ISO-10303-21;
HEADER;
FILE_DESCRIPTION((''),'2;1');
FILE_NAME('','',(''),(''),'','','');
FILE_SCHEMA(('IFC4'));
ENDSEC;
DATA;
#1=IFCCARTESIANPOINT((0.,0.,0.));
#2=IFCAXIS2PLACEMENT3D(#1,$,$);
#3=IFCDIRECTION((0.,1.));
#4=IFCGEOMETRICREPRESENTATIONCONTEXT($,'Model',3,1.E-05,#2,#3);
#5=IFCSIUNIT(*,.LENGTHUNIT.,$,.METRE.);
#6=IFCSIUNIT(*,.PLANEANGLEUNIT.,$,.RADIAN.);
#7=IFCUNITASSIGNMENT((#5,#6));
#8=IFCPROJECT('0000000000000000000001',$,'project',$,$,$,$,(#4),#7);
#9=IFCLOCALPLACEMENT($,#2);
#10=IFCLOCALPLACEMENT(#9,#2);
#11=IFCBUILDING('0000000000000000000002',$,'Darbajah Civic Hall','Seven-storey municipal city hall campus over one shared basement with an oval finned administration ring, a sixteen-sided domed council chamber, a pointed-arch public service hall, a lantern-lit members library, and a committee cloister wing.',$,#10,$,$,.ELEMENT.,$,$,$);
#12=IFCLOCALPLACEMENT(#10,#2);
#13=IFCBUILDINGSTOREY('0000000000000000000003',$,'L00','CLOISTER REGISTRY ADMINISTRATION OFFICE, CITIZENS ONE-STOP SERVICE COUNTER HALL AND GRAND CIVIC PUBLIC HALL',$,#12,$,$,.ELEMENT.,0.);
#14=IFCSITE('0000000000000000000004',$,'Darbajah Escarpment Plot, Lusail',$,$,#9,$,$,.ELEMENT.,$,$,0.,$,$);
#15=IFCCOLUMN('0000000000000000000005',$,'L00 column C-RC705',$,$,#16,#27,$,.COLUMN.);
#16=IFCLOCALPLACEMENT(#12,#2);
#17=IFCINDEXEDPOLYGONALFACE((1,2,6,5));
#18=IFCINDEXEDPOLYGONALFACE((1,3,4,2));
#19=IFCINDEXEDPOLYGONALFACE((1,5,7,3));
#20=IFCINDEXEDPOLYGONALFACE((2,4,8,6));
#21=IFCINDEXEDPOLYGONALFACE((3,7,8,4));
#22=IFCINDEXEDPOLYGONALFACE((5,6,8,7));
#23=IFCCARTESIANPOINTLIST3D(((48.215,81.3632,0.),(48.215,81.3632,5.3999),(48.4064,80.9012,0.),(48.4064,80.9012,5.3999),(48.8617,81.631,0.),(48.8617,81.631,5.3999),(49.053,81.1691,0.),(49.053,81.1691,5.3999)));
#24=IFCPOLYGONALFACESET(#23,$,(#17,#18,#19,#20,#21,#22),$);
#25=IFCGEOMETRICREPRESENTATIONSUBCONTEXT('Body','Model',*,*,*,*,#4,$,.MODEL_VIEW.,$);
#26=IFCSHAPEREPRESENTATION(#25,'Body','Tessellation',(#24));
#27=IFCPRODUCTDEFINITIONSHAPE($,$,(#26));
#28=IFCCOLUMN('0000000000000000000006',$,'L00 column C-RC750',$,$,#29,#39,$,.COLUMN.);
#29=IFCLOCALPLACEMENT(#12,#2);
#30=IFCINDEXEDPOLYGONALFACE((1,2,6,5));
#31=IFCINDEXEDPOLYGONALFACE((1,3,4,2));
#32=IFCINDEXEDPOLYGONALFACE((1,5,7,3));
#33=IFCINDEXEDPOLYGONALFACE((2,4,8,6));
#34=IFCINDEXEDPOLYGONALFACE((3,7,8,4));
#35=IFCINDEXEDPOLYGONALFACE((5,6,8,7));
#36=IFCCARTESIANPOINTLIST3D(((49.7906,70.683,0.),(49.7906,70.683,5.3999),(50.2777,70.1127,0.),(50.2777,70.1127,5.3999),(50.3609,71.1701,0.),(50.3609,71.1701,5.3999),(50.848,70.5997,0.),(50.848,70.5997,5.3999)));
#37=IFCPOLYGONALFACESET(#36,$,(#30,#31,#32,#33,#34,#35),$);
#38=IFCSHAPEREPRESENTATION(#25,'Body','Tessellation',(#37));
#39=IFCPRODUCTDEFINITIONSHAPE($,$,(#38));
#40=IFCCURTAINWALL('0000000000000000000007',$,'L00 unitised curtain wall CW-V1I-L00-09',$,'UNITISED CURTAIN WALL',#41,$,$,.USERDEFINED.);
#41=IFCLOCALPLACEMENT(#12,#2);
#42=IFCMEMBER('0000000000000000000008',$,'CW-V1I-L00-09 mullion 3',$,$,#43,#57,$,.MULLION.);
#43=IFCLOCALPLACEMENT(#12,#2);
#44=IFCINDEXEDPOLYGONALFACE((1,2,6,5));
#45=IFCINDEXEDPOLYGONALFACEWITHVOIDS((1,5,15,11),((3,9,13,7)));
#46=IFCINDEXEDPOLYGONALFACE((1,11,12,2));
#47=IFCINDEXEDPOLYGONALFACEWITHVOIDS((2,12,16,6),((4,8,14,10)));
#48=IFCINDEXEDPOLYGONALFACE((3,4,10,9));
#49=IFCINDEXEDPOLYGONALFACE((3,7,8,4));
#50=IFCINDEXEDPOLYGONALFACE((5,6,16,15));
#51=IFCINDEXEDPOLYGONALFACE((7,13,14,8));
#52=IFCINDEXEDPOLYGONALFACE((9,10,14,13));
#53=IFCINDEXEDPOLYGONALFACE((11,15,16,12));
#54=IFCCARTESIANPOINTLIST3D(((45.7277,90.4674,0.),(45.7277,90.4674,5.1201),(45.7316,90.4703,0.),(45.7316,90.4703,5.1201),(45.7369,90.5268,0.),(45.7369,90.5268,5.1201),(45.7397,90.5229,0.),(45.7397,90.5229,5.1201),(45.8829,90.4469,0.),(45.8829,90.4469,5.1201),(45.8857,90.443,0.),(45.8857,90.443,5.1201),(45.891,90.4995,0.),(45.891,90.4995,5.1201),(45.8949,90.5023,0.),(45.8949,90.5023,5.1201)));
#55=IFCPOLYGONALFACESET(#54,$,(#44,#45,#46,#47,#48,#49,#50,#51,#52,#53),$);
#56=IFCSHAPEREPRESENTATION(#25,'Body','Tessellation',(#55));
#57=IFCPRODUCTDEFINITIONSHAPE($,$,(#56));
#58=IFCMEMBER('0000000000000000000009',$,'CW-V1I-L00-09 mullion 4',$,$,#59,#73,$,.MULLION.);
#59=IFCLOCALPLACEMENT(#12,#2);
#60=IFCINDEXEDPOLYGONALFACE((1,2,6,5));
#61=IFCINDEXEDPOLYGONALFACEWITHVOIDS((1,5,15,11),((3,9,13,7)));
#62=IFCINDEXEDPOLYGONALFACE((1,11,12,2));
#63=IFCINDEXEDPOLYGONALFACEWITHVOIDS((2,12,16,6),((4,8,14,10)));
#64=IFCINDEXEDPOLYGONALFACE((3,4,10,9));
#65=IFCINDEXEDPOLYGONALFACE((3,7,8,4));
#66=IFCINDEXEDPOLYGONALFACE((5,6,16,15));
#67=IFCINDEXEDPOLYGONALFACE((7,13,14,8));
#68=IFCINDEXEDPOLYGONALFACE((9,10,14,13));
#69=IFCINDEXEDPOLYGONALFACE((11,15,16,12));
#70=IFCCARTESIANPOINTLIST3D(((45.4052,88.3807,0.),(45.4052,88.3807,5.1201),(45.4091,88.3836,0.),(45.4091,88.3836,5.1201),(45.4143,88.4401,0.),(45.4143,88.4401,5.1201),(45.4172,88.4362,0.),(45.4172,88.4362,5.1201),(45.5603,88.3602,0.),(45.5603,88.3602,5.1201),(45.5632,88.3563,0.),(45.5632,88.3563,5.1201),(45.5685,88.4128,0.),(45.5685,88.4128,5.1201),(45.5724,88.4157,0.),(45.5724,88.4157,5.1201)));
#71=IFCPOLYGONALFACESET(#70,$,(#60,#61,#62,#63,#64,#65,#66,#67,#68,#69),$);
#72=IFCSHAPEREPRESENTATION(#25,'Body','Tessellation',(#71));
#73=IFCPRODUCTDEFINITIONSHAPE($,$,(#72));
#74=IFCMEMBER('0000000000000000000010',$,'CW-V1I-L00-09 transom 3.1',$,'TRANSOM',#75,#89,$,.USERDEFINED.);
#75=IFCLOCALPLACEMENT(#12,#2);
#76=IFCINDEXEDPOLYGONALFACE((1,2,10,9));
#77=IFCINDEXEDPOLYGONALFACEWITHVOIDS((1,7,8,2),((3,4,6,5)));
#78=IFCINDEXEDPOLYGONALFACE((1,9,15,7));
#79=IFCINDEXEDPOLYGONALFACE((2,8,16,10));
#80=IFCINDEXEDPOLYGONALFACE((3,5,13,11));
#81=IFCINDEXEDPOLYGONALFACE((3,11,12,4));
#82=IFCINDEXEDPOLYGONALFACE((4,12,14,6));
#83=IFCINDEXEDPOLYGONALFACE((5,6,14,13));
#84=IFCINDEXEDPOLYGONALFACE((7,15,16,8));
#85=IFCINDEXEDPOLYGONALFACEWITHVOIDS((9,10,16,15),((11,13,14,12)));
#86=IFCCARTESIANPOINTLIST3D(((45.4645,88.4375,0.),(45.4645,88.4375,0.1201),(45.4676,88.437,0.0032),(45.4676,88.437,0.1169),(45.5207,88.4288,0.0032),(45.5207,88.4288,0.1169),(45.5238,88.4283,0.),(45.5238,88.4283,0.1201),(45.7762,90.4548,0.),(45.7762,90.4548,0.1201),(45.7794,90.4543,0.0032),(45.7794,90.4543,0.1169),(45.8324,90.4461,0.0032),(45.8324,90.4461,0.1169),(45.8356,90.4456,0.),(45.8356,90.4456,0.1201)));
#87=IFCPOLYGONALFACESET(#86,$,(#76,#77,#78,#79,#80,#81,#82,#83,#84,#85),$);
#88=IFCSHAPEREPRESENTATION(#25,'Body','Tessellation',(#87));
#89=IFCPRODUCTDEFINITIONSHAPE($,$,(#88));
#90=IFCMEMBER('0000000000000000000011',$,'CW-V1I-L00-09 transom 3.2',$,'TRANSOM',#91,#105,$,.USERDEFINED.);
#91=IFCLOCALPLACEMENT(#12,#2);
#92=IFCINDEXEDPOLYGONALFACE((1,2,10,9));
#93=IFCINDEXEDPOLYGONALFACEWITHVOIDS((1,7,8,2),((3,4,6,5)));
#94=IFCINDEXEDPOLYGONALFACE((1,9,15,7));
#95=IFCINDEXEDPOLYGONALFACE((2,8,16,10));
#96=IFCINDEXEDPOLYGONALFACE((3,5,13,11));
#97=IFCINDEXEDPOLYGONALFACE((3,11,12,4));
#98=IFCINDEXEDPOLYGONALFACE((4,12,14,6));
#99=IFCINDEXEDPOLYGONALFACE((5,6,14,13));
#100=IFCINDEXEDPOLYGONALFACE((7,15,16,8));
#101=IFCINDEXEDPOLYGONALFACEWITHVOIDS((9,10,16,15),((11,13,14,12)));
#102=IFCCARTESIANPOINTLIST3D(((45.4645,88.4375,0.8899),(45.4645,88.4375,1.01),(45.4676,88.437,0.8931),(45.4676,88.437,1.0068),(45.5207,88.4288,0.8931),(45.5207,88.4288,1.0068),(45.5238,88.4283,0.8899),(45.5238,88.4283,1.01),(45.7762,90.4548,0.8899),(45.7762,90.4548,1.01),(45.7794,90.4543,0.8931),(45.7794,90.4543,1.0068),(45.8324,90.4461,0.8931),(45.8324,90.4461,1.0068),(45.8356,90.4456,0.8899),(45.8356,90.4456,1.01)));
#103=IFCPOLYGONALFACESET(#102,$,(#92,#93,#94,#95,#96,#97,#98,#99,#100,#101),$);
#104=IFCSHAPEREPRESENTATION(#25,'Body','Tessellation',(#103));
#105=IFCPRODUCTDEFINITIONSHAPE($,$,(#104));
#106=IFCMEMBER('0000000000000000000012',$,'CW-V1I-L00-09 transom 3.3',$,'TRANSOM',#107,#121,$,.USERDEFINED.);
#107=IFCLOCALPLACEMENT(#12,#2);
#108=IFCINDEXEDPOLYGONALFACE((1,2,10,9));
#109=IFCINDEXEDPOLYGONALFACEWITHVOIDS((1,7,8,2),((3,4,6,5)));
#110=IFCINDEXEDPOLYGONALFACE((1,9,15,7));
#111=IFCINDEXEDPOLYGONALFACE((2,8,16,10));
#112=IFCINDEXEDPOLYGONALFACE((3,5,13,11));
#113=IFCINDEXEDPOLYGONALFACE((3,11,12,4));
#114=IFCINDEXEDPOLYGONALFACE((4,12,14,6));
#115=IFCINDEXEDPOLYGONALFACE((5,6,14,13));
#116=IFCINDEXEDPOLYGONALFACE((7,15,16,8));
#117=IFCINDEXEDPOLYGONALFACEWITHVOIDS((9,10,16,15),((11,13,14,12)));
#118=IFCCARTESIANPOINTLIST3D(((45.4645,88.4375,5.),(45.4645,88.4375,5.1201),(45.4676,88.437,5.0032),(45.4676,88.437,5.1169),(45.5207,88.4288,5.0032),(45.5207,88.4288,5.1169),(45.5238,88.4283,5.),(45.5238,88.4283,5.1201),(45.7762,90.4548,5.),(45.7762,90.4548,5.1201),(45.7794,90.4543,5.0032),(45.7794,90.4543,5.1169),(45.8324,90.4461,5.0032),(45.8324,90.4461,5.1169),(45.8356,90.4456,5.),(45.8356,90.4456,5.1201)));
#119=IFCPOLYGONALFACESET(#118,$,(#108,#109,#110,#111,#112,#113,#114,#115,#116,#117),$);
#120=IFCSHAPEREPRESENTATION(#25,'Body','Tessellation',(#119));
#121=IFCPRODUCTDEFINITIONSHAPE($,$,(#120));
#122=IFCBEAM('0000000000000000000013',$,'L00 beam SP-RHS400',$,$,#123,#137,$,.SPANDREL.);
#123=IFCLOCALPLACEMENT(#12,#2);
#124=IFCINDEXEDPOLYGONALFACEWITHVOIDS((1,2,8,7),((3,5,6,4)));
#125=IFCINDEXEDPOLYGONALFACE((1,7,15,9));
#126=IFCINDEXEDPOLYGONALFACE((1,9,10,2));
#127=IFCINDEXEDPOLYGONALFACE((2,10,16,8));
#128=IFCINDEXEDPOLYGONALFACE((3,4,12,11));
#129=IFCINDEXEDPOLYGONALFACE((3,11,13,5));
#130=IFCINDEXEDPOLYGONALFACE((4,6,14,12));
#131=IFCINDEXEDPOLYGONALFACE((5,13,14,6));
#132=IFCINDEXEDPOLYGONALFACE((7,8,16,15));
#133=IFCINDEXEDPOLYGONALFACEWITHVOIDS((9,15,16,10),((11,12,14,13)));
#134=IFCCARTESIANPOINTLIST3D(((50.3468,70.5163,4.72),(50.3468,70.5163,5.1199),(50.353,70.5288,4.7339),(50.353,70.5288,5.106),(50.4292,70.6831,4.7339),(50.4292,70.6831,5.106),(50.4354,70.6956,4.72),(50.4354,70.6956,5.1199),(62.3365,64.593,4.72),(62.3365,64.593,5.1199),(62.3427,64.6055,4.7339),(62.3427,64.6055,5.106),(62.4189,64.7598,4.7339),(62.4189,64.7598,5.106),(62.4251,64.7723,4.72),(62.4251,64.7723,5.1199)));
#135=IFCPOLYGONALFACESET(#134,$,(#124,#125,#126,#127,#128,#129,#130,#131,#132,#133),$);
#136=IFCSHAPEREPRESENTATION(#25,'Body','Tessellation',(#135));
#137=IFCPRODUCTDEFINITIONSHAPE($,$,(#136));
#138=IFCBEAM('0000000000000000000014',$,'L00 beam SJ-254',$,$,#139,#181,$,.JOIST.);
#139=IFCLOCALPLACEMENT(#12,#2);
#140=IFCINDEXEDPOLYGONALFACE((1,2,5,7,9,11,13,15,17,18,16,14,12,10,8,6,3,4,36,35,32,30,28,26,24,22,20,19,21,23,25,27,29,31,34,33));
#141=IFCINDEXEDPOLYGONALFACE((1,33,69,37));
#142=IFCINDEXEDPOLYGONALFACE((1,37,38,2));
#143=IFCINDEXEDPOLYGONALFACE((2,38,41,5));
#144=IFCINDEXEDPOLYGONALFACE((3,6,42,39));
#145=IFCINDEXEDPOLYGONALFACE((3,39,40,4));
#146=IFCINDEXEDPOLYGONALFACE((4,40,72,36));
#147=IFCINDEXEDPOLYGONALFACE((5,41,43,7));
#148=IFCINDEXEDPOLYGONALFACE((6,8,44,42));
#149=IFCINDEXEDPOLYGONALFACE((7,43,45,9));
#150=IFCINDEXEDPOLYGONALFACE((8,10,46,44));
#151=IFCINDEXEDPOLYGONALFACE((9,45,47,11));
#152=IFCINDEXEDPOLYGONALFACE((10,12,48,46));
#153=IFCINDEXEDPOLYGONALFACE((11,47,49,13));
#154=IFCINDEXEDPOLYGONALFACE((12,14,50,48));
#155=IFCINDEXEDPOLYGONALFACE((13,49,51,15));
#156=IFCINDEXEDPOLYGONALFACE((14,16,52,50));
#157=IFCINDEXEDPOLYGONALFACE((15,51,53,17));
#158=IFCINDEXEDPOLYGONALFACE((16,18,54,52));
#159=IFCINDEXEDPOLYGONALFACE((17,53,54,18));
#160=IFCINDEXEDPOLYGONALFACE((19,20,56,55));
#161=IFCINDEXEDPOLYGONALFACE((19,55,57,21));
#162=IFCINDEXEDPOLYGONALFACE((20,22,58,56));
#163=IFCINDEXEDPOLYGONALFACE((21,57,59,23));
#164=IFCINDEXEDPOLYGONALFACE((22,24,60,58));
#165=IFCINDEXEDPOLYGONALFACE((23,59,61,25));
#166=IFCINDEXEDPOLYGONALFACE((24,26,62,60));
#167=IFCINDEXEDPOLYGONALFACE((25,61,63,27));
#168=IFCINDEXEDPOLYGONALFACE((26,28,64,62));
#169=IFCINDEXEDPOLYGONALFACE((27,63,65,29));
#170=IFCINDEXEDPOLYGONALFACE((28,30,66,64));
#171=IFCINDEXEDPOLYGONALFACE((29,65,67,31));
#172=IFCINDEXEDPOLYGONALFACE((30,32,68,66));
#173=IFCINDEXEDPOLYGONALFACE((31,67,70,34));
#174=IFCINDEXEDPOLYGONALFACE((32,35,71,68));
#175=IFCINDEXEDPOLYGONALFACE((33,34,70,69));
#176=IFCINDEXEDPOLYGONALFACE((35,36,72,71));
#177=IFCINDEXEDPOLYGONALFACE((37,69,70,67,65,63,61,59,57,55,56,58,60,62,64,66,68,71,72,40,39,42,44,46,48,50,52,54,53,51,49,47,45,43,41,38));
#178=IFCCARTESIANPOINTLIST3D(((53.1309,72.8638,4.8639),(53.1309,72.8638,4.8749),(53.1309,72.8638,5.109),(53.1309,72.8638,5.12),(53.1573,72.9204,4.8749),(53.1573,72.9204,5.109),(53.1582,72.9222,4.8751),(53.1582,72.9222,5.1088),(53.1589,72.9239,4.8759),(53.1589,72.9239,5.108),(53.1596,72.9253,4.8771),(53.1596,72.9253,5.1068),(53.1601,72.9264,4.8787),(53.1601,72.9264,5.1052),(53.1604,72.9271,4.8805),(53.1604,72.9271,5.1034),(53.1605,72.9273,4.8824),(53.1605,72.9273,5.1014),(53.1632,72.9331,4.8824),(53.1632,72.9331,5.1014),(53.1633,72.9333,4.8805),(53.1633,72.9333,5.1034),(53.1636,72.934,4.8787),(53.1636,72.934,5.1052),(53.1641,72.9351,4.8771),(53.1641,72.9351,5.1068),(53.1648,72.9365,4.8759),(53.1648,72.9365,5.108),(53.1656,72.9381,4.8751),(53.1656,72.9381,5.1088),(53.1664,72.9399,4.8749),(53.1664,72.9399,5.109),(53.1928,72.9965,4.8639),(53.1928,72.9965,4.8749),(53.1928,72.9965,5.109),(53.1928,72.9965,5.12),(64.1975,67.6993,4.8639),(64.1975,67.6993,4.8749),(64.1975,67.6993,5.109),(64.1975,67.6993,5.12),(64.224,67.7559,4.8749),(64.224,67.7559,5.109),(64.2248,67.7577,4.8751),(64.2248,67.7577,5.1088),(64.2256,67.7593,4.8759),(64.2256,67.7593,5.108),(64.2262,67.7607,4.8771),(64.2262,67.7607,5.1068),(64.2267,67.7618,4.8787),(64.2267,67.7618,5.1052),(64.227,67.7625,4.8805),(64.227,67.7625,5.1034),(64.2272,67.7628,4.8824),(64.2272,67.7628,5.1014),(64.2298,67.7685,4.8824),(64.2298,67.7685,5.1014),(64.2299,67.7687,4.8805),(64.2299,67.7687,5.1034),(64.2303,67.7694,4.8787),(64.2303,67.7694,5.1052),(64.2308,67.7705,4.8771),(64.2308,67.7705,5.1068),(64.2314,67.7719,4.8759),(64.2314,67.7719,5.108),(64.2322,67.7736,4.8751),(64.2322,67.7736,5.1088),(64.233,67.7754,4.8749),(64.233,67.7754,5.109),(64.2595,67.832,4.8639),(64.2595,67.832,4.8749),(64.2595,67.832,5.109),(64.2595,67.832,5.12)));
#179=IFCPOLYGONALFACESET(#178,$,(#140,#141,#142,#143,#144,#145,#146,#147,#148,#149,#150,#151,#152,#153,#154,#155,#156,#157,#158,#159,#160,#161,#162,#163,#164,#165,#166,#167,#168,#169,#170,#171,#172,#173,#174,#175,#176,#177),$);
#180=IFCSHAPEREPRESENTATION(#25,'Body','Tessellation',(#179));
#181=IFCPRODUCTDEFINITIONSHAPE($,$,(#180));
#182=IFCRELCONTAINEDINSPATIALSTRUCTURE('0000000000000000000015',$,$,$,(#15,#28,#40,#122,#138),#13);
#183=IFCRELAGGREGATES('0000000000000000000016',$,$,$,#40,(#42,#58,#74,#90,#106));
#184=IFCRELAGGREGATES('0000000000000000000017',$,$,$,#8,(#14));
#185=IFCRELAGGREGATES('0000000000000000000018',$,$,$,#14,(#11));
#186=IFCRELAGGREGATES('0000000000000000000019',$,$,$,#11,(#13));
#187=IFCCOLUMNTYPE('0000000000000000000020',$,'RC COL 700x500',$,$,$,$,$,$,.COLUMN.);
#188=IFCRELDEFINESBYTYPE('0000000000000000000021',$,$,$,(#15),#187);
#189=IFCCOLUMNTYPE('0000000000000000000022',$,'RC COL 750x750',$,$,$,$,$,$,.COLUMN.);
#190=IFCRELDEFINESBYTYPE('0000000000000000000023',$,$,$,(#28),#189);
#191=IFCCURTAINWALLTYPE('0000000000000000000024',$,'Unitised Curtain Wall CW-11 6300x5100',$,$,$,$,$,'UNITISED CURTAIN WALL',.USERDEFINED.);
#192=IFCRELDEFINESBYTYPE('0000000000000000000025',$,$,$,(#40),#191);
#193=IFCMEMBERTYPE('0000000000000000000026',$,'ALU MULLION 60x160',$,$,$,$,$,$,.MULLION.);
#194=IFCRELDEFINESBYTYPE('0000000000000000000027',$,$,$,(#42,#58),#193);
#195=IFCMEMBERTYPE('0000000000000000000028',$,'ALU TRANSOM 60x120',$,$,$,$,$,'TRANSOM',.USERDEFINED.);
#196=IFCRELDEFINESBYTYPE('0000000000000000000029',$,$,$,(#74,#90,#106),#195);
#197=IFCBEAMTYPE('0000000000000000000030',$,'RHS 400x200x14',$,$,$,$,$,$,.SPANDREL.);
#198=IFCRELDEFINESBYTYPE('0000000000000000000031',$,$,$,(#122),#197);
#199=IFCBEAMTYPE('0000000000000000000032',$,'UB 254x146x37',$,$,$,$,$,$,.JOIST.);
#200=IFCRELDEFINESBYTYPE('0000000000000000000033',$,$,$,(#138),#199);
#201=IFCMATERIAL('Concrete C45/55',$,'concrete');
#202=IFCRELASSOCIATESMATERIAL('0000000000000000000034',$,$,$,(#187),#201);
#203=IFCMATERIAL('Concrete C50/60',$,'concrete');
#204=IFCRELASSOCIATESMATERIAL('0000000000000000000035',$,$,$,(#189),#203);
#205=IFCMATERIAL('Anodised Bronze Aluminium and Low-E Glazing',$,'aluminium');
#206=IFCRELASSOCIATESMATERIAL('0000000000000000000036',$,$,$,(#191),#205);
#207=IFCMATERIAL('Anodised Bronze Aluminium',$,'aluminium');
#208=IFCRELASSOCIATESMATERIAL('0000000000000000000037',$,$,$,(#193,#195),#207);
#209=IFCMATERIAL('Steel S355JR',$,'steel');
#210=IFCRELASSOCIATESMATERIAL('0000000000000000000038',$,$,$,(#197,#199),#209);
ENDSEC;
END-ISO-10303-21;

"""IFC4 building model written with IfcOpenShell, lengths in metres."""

from ifc_helpers import new_model, si_unit, direction, frame, origin, origin_2d, place, context, subcontext, project, spatial, rectangle, hollow_rectangle, i_section, extrude, material, material_profile, profile_set, type_object, element, aggregate, save


model = new_model("IFC4")

# Units and contexts
model_context = context("Model", 3, precision=1e-05, world=origin(), true_north=direction((0.0, 1.0)))
body_context = subcontext(model_context, "Body", "Model", "MODEL_VIEW")
ifc_project = project(units=[si_unit("LENGTHUNIT", "METRE"), si_unit("PLANEANGLEUNIT", "RADIAN")], contexts=[model_context])

# Site, building, storey
site_placement = place(None, origin())
site = spatial("IfcSite", under=ifc_project, at=site_placement, Name="Darbajah Escarpment Plot, Lusail", CompositionType="ELEMENT", RefElevation=0.0)
building_placement = place(site_placement, origin())
building = spatial("IfcBuilding", under=site, at=building_placement, Name="Darbajah Civic Hall", Description="Seven-storey municipal city hall campus over one shared basement with an oval finned administration ring, a sixteen-sided domed council chamber, a pointed-arch public service hall, a lantern-lit members library, and a committee cloister wing.", CompositionType="ELEMENT")
storey_placement = place(building_placement, origin())
storey = spatial("IfcBuildingStorey", under=building, at=storey_placement, Name="L00", Description="CLOISTER REGISTRY ADMINISTRATION OFFICE, CITIZENS ONE-STOP SERVICE COUNTER HALL AND GRAND CIVIC PUBLIC HALL", CompositionType="ELEMENT", Elevation=0.0)

# Columns
ifc_material_1 = material(Name="Concrete C45/55", Category="concrete")
ifc_material_profile_1 = material_profile(ifc_material_1, rectangle(XDim=0.7, YDim=0.5, at=origin_2d()), Name="RC COL 700x500")
ifc_profile_set_1 = profile_set([ifc_material_profile_1], Name="Concrete C45/55")
column_type_1 = type_object("IfcColumnType", Name="RC COL 700x500", PredefinedType="COLUMN", material=ifc_profile_set_1)
column_1_placement = place(storey_placement, frame((48.634, 81.2661, 0.0), z_axis=(0.0, 0.0, 1.0), x_axis=(-0.92388, -0.382683, 0.0)))
element("IfcColumn", 1, at=column_1_placement, inside=storey, type_object=column_type_1, Name="L00 column C-RC705", PredefinedType="COLUMN", context=body_context, shape_type="SweptSolid", body=[
    extrude(rectangle(XDim=0.7, YDim=0.5, at=origin_2d()), origin(), (0.0, 0.0, 1.0), 5.3999),
])
ifc_material_2 = material(Name="Concrete C50/60", Category="concrete")
ifc_material_profile_2 = material_profile(ifc_material_2, rectangle(XDim=0.75, YDim=0.75, at=origin_2d()), Name="RC COL 750x750")
ifc_profile_set_2 = profile_set([ifc_material_profile_2], Name="Concrete C50/60")
column_type_2 = type_object("IfcColumnType", Name="RC COL 750x750", PredefinedType="COLUMN", material=ifc_profile_set_2)
column_2_placement = place(storey_placement, frame((50.3193, 70.6414, 0.0), z_axis=(0.0, 0.0, 1.0), x_axis=(-0.760406, -0.649448, 0.0)))
element("IfcColumn", 2, at=column_2_placement, inside=storey, type_object=column_type_2, Name="L00 column C-RC750", PredefinedType="COLUMN", context=body_context, shape_type="SweptSolid", body=[
    extrude(rectangle(XDim=0.75, YDim=0.75, at=origin_2d()), origin(), (0.0, 0.0, 1.0), 5.3999),
])

# Curtain wall, members
ifc_material_3 = material(Name="Anodised Bronze Aluminium and Low-E Glazing", Category="aluminium")
curtain_wall_type = type_object("IfcCurtainWallType", Name="Unitised Curtain Wall CW-11 6300x5100", ElementType="UNITISED CURTAIN WALL", PredefinedType="USERDEFINED", material=ifc_material_3)
curtain_wall_placement = place(storey_placement, origin())
curtain_wall = element("IfcCurtainWall", 3, at=curtain_wall_placement, inside=storey, type_object=curtain_wall_type, Name="L00 unitised curtain wall CW-V1I-L00-09", ObjectType="UNITISED CURTAIN WALL", PredefinedType="USERDEFINED")
ifc_material_4 = material(Name="Anodised Bronze Aluminium", Category="aluminium")
ifc_material_profile_3 = material_profile(ifc_material_4, hollow_rectangle(XDim=0.0601, YDim=0.1599, WallThickness=0.0034, at=origin_2d()), Name="ALU MULLION 60x160")
ifc_profile_set_3 = profile_set([ifc_material_profile_3], Name="Anodised Bronze Aluminium")
member_type_1 = type_object("IfcMemberType", Name="ALU MULLION 60x160", PredefinedType="MULLION", material=ifc_profile_set_3)
member_1_placement = place(storey_placement, frame((45.8113, 90.4849, 0.0), z_axis=(0.0, 0.0, 1.0), x_axis=(-0.152813, -0.988255, 0.0)))
member_1 = element("IfcMember", 4, at=member_1_placement, type_object=member_type_1, Name="CW-V1I-L00-09 mullion 3", PredefinedType="MULLION", context=body_context, shape_type="SweptSolid", body=[
    extrude(hollow_rectangle(XDim=0.0601, YDim=0.1599, WallThickness=0.0034, at=origin_2d()), origin(), (0.0, 0.0, 1.0), 5.1201),
])
member_2_placement = place(storey_placement, frame((45.4888, 88.3982, 0.0), z_axis=(0.0, 0.0, 1.0), x_axis=(-0.152813, -0.988255, 0.0)))
member_2 = element("IfcMember", 5, at=member_2_placement, type_object=member_type_1, Name="CW-V1I-L00-09 mullion 4", PredefinedType="MULLION", context=body_context, shape_type="SweptSolid", body=[
    extrude(hollow_rectangle(XDim=0.0601, YDim=0.1599, WallThickness=0.0034, at=origin_2d()), origin(), (0.0, 0.0, 1.0), 5.1201),
])
ifc_material_profile_4 = material_profile(ifc_material_4, hollow_rectangle(XDim=0.0601, YDim=0.1201, WallThickness=0.0032, at=origin_2d()), Name="ALU TRANSOM 60x120")
ifc_profile_set_4 = profile_set([ifc_material_profile_4], Name="Anodised Bronze Aluminium")
member_type_2 = type_object("IfcMemberType", Name="ALU TRANSOM 60x120", ElementType="TRANSOM", PredefinedType="USERDEFINED", material=ifc_profile_set_4)
member_3_placement = place(storey_placement, frame((45.8059, 90.4502, 0.0601), z_axis=(-0.152731, -0.988268, 0.0), x_axis=(0.988268, -0.152731, 0.0)))
member_3 = element("IfcMember", 6, at=member_3_placement, type_object=member_type_2, Name="CW-V1I-L00-09 transom 3.1", ObjectType="TRANSOM", PredefinedType="USERDEFINED", context=body_context, shape_type="SweptSolid", body=[
    extrude(hollow_rectangle(XDim=0.0601, YDim=0.1201, WallThickness=0.0032, at=origin_2d()), origin(), (0.0, 0.0, 1.0), 2.0413),
])
member_4_placement = place(storey_placement, frame((45.8059, 90.4502, 0.95), z_axis=(-0.152731, -0.988268, 0.0), x_axis=(0.988268, -0.152731, 0.0)))
member_4 = element("IfcMember", 7, at=member_4_placement, type_object=member_type_2, Name="CW-V1I-L00-09 transom 3.2", ObjectType="TRANSOM", PredefinedType="USERDEFINED", context=body_context, shape_type="SweptSolid", body=[
    extrude(hollow_rectangle(XDim=0.0601, YDim=0.1201, WallThickness=0.0032, at=origin_2d()), origin(), (0.0, 0.0, 1.0), 2.0413),
])
member_5_placement = place(storey_placement, frame((45.8059, 90.4502, 5.0601), z_axis=(-0.152731, -0.988268, 0.0), x_axis=(0.988268, -0.152731, 0.0)))
member_5 = element("IfcMember", 8, at=member_5_placement, type_object=member_type_2, Name="CW-V1I-L00-09 transom 3.3", ObjectType="TRANSOM", PredefinedType="USERDEFINED", context=body_context, shape_type="SweptSolid", body=[
    extrude(hollow_rectangle(XDim=0.0601, YDim=0.1201, WallThickness=0.0032, at=origin_2d()), origin(), (0.0, 0.0, 1.0), 2.0413),
])

# Beams
ifc_material_5 = material(Name="Steel S355JR", Category="steel")
ifc_material_profile_5 = material_profile(ifc_material_5, hollow_rectangle(XDim=0.2, YDim=0.3999, WallThickness=0.0139, at=origin_2d()), Name="RHS 400x200x14")
ifc_profile_set_5 = profile_set([ifc_material_profile_5], Name="Steel S355JR")
beam_type_1 = type_object("IfcBeamType", Name="RHS 400x200x14", PredefinedType="SPANDREL", material=ifc_profile_set_5)
beam_1_placement = place(storey_placement, frame((50.3911, 70.606, 4.9199), z_axis=(0.896557, -0.442929, 0.0), x_axis=(0.442929, 0.896557, 0.0)))
element("IfcBeam", 9, at=beam_1_placement, inside=storey, type_object=beam_type_1, Name="L00 beam SP-RHS400", PredefinedType="SPANDREL", context=body_context, shape_type="SweptSolid", body=[
    extrude(hollow_rectangle(XDim=0.2, YDim=0.3999, WallThickness=0.0139, at=origin_2d()), origin(), (0.0, 0.0, 1.0), 13.373),
])
ifc_material_profile_6 = material_profile(ifc_material_5, i_section(OverallWidth=0.1465, OverallDepth=0.2561, WebThickness=0.0063, FlangeThickness=0.011, FilletRadius=0.0076, at=origin_2d()), Name="UB 254x146x37")
ifc_profile_set_6 = profile_set([ifc_material_profile_6], Name="Steel S355JR")
beam_type_2 = type_object("IfcBeamType", Name="UB 254x146x37", PredefinedType="JOIST", material=ifc_profile_set_6)
beam_2_placement = place(storey_placement, frame((53.1619, 72.9302, 4.9919), z_axis=(0.90618, -0.422893, 0.0), x_axis=(0.422893, 0.90618, 0.0)))
element("IfcBeam", 10, at=beam_2_placement, inside=storey, type_object=beam_type_2, Name="L00 beam SJ-254", PredefinedType="JOIST", context=body_context, shape_type="SweptSolid", body=[
    extrude(i_section(OverallWidth=0.1465, OverallDepth=0.2561, WebThickness=0.0063, FlangeThickness=0.011, FilletRadius=0.0076, at=origin_2d()), origin(), (0.0, 0.0, 1.0), 12.2124),
])

aggregate(curtain_wall, [member_1, member_2, member_3, member_4, member_5])

save(model, "model.ifc")
